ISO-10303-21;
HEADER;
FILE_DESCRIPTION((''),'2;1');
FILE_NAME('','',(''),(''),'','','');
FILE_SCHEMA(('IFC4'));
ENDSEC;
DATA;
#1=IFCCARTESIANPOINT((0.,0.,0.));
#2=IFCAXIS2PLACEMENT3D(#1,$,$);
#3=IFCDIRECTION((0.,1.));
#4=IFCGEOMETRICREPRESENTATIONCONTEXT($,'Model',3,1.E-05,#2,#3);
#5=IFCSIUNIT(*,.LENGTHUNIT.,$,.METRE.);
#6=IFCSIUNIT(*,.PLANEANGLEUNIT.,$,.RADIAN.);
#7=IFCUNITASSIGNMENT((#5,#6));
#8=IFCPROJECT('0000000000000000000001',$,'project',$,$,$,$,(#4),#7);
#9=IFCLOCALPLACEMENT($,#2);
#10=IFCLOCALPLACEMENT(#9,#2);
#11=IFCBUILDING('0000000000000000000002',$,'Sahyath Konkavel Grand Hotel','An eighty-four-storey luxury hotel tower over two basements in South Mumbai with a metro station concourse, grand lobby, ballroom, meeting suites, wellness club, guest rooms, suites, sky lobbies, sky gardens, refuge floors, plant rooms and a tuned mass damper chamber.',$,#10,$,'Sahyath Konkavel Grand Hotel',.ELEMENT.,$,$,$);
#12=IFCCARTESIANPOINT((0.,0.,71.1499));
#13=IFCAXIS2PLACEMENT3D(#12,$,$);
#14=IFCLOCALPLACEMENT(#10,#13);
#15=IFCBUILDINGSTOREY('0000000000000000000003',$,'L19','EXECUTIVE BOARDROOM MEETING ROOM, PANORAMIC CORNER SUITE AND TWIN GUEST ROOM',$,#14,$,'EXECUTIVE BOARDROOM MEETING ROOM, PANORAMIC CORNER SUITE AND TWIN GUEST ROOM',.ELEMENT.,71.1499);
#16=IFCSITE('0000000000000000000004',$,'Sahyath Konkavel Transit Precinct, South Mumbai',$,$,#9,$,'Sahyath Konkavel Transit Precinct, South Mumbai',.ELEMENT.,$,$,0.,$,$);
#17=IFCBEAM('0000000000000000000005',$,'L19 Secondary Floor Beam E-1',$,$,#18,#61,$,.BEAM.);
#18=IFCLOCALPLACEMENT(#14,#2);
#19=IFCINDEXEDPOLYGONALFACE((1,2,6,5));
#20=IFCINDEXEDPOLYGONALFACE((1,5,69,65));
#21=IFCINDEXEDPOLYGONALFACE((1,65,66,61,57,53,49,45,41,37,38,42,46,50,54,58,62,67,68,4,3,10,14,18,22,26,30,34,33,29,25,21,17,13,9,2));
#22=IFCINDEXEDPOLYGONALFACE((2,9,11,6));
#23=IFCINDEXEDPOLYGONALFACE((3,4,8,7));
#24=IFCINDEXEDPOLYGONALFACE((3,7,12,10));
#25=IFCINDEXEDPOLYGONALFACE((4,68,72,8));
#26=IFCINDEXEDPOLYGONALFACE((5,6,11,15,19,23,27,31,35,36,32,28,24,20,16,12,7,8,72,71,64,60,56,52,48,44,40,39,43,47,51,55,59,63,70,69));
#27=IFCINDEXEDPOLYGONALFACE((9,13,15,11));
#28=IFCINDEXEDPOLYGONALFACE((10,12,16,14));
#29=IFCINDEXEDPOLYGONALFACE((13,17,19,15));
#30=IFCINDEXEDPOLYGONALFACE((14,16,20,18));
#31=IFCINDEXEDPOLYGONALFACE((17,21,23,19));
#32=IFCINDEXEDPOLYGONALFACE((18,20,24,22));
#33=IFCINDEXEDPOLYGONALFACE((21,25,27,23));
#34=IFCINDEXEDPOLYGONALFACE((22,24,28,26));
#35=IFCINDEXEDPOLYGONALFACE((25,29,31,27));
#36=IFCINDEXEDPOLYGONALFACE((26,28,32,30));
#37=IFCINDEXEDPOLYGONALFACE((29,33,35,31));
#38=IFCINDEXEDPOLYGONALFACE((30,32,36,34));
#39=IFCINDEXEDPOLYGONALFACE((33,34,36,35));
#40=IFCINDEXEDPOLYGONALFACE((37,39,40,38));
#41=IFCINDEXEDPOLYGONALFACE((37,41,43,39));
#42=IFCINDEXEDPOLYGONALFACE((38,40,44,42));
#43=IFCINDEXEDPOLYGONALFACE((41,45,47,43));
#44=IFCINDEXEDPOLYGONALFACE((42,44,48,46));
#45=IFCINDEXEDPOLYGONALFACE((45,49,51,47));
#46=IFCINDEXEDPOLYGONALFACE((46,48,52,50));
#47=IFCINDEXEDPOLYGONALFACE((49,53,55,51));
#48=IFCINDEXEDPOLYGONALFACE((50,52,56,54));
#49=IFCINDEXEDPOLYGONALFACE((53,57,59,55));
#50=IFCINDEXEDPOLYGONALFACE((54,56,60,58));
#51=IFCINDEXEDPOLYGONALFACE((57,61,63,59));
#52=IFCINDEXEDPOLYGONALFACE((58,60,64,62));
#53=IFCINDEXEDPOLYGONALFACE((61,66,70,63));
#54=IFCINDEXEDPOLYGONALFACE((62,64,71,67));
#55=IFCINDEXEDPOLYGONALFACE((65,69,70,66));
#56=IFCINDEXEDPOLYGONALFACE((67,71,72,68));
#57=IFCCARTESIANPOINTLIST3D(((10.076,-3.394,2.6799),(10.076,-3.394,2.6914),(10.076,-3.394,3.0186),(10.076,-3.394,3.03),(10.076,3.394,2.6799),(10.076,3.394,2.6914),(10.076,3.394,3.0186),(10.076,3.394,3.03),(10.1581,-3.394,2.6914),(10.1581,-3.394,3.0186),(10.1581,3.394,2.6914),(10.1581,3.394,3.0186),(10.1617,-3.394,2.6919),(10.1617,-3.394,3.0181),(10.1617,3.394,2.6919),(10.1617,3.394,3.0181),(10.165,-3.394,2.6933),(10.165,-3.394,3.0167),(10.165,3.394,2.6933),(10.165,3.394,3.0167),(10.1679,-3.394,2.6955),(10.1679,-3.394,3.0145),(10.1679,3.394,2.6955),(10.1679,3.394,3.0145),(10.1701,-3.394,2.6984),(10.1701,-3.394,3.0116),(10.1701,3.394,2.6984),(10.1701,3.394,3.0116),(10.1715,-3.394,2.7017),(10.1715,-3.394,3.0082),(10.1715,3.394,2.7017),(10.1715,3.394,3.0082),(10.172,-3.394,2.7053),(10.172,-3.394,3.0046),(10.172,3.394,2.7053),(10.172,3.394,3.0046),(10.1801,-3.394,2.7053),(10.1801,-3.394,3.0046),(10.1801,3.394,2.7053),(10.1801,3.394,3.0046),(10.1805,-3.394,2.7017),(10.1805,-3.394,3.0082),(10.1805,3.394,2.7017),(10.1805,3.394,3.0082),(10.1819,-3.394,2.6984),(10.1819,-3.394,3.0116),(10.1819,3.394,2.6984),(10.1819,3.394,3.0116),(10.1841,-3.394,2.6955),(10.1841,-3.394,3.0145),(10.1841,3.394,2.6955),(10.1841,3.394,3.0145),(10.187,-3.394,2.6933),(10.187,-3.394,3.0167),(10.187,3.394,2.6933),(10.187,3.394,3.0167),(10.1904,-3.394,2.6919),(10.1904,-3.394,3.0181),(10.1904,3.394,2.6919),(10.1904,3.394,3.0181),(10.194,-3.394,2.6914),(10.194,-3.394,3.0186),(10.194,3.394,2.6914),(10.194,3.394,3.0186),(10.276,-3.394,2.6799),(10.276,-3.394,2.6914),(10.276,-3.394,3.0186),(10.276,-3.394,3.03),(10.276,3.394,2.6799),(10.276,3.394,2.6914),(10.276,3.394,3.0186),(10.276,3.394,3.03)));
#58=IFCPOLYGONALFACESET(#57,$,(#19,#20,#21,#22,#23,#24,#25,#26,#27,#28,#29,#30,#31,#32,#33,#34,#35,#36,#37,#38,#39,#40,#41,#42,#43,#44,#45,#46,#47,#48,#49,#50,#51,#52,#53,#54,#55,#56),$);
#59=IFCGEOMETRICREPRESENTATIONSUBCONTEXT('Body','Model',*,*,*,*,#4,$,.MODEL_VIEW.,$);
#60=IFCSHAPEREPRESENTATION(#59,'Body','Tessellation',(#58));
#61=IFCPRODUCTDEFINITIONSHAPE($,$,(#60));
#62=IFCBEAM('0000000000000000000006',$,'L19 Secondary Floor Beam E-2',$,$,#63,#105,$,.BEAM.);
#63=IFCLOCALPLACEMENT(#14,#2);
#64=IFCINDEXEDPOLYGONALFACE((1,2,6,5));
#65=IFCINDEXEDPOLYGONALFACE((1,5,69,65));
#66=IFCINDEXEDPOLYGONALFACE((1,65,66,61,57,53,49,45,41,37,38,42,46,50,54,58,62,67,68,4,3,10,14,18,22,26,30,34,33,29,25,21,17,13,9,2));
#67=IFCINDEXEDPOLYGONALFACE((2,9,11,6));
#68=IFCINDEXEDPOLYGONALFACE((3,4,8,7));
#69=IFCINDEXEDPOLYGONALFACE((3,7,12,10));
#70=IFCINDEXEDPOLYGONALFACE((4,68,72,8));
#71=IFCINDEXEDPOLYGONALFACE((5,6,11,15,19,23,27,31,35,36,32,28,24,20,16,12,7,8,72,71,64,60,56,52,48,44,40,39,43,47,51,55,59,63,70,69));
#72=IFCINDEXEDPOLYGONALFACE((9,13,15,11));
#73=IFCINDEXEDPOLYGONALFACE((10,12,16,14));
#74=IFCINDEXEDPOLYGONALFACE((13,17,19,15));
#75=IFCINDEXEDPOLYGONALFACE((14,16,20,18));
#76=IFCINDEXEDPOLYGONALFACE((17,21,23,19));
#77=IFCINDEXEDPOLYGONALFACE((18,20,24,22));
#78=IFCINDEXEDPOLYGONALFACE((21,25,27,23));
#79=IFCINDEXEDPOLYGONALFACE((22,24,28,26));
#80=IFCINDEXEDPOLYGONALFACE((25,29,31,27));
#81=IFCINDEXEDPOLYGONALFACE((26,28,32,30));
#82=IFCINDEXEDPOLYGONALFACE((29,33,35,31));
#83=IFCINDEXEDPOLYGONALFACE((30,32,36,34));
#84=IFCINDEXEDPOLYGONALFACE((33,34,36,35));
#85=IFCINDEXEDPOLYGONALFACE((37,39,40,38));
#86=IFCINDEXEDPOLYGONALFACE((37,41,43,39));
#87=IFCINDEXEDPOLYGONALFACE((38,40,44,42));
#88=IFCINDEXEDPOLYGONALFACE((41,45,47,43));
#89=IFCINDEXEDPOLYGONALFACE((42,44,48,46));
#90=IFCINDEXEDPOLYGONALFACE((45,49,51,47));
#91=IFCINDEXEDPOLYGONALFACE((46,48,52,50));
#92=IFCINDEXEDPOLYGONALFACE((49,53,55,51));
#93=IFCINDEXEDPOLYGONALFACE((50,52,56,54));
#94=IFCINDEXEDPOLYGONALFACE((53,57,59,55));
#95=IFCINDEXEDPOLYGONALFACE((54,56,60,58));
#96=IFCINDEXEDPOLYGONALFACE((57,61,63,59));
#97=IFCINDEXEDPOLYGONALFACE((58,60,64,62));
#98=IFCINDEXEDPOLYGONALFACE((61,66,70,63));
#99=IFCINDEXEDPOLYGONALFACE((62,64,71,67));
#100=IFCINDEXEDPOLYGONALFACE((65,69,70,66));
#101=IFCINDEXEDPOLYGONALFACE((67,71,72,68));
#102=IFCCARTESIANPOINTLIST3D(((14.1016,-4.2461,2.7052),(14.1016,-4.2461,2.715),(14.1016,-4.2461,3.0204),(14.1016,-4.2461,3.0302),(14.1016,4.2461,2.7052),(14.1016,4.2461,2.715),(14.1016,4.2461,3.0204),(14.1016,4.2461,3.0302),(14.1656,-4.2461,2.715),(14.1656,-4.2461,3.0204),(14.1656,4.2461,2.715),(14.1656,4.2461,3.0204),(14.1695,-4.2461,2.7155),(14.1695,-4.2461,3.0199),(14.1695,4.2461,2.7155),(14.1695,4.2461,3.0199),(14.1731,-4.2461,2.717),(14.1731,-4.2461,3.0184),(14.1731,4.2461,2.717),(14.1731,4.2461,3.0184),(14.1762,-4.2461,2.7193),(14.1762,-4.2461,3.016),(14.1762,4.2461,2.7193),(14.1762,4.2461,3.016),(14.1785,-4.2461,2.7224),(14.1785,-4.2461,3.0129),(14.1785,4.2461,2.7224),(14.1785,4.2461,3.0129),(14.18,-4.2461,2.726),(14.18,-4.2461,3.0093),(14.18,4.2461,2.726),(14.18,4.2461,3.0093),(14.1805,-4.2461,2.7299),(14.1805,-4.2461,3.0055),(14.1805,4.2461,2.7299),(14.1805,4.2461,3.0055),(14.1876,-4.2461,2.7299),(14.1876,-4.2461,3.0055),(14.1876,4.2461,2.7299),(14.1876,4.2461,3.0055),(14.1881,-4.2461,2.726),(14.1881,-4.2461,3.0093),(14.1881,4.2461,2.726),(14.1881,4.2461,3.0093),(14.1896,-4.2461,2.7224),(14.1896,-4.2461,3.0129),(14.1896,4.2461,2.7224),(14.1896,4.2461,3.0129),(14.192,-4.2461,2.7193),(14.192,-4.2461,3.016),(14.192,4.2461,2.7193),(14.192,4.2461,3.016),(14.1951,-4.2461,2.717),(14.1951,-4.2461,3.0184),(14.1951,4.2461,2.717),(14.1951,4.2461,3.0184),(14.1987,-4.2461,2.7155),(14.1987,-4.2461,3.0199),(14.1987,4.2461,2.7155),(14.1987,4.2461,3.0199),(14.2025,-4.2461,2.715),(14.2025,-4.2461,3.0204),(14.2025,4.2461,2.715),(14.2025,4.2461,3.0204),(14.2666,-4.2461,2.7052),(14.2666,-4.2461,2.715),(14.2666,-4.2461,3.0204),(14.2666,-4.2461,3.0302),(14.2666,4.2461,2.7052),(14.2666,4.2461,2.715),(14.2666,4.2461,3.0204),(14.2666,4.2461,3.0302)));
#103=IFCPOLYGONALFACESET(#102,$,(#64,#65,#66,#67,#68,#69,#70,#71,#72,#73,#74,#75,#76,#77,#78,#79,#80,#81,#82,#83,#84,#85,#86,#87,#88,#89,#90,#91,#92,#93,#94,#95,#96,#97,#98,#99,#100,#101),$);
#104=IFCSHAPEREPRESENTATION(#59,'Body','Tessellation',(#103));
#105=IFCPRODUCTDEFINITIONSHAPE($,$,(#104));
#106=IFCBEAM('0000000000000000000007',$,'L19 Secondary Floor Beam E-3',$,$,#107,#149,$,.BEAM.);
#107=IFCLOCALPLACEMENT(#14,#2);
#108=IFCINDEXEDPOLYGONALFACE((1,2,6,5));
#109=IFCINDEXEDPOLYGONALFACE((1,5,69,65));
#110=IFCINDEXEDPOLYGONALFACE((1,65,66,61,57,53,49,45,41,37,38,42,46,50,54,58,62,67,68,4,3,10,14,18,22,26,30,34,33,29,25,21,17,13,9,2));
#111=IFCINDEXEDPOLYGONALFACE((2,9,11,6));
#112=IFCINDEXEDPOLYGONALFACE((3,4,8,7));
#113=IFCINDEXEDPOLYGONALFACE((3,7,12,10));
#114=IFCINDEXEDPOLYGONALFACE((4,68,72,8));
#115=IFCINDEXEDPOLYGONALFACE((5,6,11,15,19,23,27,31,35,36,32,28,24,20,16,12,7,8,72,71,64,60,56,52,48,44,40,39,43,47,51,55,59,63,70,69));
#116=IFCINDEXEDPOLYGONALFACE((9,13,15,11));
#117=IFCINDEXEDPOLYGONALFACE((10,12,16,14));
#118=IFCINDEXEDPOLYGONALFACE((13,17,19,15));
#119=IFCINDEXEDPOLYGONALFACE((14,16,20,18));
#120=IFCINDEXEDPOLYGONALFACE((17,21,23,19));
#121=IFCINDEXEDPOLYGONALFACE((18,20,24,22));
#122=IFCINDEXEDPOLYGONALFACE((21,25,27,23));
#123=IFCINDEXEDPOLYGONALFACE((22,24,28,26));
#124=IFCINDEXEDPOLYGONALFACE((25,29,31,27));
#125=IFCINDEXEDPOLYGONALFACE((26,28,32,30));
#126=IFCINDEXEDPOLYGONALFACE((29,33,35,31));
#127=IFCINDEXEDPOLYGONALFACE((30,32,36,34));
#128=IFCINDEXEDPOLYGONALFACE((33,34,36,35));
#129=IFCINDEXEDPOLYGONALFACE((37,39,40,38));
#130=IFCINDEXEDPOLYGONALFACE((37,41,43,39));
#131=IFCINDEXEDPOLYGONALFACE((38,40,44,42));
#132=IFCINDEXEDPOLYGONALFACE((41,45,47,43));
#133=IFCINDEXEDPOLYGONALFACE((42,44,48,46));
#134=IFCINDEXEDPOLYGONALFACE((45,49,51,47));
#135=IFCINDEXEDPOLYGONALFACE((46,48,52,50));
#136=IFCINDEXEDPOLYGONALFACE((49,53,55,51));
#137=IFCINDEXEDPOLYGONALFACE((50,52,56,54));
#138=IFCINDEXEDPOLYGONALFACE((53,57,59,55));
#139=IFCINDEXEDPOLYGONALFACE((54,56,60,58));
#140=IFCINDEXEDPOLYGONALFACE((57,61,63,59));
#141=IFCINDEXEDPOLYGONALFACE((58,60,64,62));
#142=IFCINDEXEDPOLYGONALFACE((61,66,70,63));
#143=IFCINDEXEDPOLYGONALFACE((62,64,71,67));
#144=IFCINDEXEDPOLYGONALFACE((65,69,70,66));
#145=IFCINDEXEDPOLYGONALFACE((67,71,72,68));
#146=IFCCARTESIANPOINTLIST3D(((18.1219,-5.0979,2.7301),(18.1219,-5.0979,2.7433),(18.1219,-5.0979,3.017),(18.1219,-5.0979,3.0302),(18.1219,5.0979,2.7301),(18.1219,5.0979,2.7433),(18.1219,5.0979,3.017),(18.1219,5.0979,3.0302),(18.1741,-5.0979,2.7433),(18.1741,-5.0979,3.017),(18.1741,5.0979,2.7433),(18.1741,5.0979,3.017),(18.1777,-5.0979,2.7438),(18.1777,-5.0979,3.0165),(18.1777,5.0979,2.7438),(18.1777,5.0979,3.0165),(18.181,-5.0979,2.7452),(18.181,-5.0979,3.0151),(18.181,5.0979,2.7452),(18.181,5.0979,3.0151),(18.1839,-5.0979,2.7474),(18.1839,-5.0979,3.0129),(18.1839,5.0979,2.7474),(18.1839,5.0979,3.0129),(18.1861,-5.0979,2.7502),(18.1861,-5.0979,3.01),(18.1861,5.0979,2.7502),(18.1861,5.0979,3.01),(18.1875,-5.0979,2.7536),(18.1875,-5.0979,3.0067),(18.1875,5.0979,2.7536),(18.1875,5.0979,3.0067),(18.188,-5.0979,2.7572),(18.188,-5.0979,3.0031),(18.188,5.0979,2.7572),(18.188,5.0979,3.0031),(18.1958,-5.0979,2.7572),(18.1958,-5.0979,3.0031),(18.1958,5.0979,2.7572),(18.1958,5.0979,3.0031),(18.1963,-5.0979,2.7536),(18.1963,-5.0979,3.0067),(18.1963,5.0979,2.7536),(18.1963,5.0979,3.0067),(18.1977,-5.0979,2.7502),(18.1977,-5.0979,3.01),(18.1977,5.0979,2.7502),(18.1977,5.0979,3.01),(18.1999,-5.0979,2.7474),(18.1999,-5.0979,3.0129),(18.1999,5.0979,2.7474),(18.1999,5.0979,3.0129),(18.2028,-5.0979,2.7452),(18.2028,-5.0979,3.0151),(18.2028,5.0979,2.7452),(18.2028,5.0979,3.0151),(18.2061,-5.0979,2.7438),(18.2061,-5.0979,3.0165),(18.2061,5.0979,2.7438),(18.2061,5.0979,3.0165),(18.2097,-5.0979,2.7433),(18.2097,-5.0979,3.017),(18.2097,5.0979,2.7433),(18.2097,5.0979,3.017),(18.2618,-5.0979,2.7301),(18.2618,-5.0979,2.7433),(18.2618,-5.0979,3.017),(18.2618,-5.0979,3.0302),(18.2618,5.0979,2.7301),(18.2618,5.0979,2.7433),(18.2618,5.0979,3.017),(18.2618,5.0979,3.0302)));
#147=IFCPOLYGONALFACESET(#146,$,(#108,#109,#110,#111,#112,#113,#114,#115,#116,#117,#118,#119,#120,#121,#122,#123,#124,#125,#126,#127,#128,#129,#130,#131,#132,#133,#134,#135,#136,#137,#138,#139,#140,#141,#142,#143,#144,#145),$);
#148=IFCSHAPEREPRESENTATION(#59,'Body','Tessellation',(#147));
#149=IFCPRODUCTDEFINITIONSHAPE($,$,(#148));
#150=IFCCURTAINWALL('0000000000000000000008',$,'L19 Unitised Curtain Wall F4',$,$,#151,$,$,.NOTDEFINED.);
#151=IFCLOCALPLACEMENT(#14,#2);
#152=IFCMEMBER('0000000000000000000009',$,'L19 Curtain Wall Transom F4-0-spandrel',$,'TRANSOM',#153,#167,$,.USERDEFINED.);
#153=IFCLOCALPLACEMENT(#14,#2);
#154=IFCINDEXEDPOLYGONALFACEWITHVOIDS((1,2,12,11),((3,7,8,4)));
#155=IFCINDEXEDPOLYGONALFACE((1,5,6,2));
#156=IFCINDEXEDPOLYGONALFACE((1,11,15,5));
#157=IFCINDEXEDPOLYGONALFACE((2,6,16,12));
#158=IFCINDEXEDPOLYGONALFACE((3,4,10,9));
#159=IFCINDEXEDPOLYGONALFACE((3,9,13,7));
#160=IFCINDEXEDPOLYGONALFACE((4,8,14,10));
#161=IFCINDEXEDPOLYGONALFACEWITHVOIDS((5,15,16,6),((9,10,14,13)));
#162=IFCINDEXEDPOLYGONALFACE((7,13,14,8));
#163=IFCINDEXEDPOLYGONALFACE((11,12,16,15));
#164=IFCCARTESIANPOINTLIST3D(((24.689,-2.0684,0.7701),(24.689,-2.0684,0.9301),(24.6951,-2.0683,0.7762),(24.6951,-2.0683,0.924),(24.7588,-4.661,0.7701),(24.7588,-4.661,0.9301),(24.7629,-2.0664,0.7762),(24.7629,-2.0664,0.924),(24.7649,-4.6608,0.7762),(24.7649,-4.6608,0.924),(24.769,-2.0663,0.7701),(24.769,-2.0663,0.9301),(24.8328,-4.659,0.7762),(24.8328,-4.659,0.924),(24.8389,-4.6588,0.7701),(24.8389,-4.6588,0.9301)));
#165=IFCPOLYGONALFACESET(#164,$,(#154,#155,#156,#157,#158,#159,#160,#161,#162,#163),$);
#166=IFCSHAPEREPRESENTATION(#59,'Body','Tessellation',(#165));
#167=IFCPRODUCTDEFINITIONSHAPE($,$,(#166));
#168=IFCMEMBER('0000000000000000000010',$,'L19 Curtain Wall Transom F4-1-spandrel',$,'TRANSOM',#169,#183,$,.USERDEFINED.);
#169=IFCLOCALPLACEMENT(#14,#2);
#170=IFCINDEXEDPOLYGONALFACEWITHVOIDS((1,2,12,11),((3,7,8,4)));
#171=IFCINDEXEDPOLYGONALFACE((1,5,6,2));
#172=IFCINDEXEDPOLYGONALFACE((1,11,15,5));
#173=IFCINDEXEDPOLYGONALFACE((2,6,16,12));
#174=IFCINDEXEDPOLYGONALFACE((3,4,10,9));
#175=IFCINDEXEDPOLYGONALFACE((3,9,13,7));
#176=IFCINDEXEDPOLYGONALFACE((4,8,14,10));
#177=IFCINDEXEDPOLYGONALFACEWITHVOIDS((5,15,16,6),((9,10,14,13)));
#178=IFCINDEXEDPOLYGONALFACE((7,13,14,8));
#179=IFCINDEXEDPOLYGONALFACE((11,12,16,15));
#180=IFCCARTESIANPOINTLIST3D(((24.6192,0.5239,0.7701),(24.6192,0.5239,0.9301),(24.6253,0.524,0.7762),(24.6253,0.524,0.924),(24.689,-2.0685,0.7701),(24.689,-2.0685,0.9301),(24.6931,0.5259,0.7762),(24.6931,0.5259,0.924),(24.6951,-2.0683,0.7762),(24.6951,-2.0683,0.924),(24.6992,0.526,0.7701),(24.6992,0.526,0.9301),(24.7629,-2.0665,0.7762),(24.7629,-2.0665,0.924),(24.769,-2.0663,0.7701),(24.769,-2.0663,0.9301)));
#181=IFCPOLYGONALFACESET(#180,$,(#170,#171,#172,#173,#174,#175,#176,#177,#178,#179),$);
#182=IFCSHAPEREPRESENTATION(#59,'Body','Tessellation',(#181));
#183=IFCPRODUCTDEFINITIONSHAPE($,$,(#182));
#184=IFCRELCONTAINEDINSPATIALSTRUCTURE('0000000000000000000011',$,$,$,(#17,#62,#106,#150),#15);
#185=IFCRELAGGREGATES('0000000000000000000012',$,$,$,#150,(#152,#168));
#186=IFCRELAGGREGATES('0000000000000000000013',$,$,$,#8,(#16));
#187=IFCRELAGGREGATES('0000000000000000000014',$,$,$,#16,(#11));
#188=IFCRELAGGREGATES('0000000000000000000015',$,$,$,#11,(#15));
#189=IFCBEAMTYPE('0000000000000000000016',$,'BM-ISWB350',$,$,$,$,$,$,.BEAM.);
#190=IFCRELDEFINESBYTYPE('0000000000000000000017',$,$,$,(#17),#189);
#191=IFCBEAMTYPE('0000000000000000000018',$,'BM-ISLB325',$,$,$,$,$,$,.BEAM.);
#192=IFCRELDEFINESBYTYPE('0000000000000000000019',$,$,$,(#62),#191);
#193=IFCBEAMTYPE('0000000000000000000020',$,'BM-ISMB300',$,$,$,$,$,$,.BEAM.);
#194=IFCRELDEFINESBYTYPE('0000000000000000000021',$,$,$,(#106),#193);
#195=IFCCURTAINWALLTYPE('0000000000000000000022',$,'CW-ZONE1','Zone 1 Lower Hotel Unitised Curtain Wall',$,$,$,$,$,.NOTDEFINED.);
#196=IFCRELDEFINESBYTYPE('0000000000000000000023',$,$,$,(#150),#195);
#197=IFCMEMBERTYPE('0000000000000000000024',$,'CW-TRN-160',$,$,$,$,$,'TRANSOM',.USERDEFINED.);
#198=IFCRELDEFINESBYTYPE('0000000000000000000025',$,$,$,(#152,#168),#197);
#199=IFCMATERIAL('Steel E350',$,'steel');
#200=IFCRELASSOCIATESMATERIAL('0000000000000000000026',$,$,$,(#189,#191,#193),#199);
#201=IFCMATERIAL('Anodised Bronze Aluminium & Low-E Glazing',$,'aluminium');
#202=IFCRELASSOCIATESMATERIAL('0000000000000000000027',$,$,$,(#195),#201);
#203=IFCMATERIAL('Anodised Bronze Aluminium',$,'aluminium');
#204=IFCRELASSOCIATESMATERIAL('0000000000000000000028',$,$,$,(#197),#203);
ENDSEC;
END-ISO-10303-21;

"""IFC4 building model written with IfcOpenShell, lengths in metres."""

from ifc_helpers import new_model, si_unit, direction, frame, origin, origin_2d, place, context, subcontext, project, spatial, hollow_rectangle, i_section, extrude, source, transform, mapped, material, material_profile, profile_set, type_object, element, aggregate, save


model = new_model("IFC4")

# Units and contexts
model_context = context("Model", 3, precision=1e-05, world=origin(), true_north=direction((0.0, 1.0)))
body_context = subcontext(model_context, "Body", "Model", "MODEL_VIEW")
ifc_project = project(units=[si_unit("LENGTHUNIT", "METRE"), si_unit("PLANEANGLEUNIT", "RADIAN")], contexts=[model_context])

# Site, building, storey
site_placement = place(None, origin())
site = spatial("IfcSite", under=ifc_project, at=site_placement, Name="Sahyath Konkavel Transit Precinct, South Mumbai", LongName="Sahyath Konkavel Transit Precinct, South Mumbai", CompositionType="ELEMENT", RefElevation=0.0)
building_placement = place(site_placement, origin())
building = spatial("IfcBuilding", under=site, at=building_placement, Name="Sahyath Konkavel Grand Hotel", Description="An eighty-four-storey luxury hotel tower over two basements in South Mumbai with a metro station concourse, grand lobby, ballroom, meeting suites, wellness club, guest rooms, suites, sky lobbies, sky gardens, refuge floors, plant rooms and a tuned mass damper chamber.", LongName="Sahyath Konkavel Grand Hotel", CompositionType="ELEMENT")
storey_placement = place(building_placement, frame((0.0, 0.0, 71.1499)))
storey = spatial("IfcBuildingStorey", under=building, at=storey_placement, Name="L19", Description="EXECUTIVE BOARDROOM MEETING ROOM, PANORAMIC CORNER SUITE AND TWIN GUEST ROOM", LongName="EXECUTIVE BOARDROOM MEETING ROOM, PANORAMIC CORNER SUITE AND TWIN GUEST ROOM", CompositionType="ELEMENT", Elevation=71.1499)

# Beams
ifc_material_1 = material(Name="Steel E350", Category="steel")
ifc_material_profile_1 = material_profile(ifc_material_1, i_section(OverallWidth=0.2, OverallDepth=0.3501, WebThickness=0.0081, FlangeThickness=0.0115, FilletRadius=0.0139, at=origin_2d()), Name="ISWB 350")
ifc_profile_set_1 = profile_set([ifc_material_profile_1], Name="Steel E350")
beam_type_1 = type_object("IfcBeamType", Name="BM-ISWB350", PredefinedType="BEAM", material=ifc_profile_set_1)
shared_shape_1 = source(origin(), body_context, "Body", "SweptSolid", [
    extrude(i_section(OverallWidth=0.2, OverallDepth=0.3501, WebThickness=0.0081, FlangeThickness=0.0115, FilletRadius=0.0139, at=origin_2d()), origin(), (0.0, 0.0, 1.0), 6.7881),
])
beam_1_placement = place(storey_placement, frame((10.176, -3.394, 2.855), z_axis=(0.0, 1.0, 0.0), x_axis=(-1.0, 0.0, 0.0)))
element("IfcBeam", 1, at=beam_1_placement, inside=storey, type_object=beam_type_1, Name="L19 Secondary Floor Beam E-1", PredefinedType="BEAM", context=body_context, shape_type="MappedRepresentation", body=[
    mapped(shared_shape_1, transform((0.0, 0.0, 0.0), scale=1.0)),
])
ifc_material_profile_2 = material_profile(ifc_material_1, i_section(OverallWidth=0.165, OverallDepth=0.325, WebThickness=0.0071, FlangeThickness=0.0098, FilletRadius=0.0149, at=origin_2d()), Name="ISLB 325")
ifc_profile_set_2 = profile_set([ifc_material_profile_2], Name="Steel E350")
beam_type_2 = type_object("IfcBeamType", Name="BM-ISLB325", PredefinedType="BEAM", material=ifc_profile_set_2)
shared_shape_2 = source(origin(), body_context, "Body", "SweptSolid", [
    extrude(i_section(OverallWidth=0.165, OverallDepth=0.325, WebThickness=0.0071, FlangeThickness=0.0098, FilletRadius=0.0149, at=origin_2d()), origin(), (0.0, 0.0, 1.0), 8.4922),
])
beam_2_placement = place(storey_placement, frame((14.1841, -4.2461, 2.8677), z_axis=(0.0, 1.0, 0.0), x_axis=(-1.0, 0.0, 0.0)))
element("IfcBeam", 2, at=beam_2_placement, inside=storey, type_object=beam_type_2, Name="L19 Secondary Floor Beam E-2", PredefinedType="BEAM", context=body_context, shape_type="MappedRepresentation", body=[
    mapped(shared_shape_2, transform((0.0, 0.0, 0.0), scale=1.0)),
])
ifc_material_profile_3 = material_profile(ifc_material_1, i_section(OverallWidth=0.1399, OverallDepth=0.3, WebThickness=0.0078, FlangeThickness=0.0132, FilletRadius=0.0139, at=origin_2d()), Name="ISMB 300")
ifc_profile_set_3 = profile_set([ifc_material_profile_3], Name="Steel E350")
beam_type_3 = type_object("IfcBeamType", Name="BM-ISMB300", PredefinedType="BEAM", material=ifc_profile_set_3)
shared_shape_3 = source(origin(), body_context, "Body", "SweptSolid", [
    extrude(i_section(OverallWidth=0.1399, OverallDepth=0.3, WebThickness=0.0078, FlangeThickness=0.0132, FilletRadius=0.0139, at=origin_2d()), origin(), (0.0, 0.0, 1.0), 10.1958),
])
beam_3_placement = place(storey_placement, frame((18.1919, -5.0979, 2.8801), z_axis=(0.0, 1.0, 0.0), x_axis=(-1.0, 0.0, 0.0)))
element("IfcBeam", 3, at=beam_3_placement, inside=storey, type_object=beam_type_3, Name="L19 Secondary Floor Beam E-3", PredefinedType="BEAM", context=body_context, shape_type="MappedRepresentation", body=[
    mapped(shared_shape_3, transform((0.0, 0.0, 0.0), scale=1.0)),
])

# Curtain wall, members
ifc_material_2 = material(Name="Anodised Bronze Aluminium & Low-E Glazing", Category="aluminium")
curtain_wall_type = type_object("IfcCurtainWallType", Name="CW-ZONE1", Description="Zone 1 Lower Hotel Unitised Curtain Wall", PredefinedType="NOTDEFINED", material=ifc_material_2)
curtain_wall_placement = place(storey_placement, origin())
curtain_wall = element("IfcCurtainWall", 4, at=curtain_wall_placement, inside=storey, type_object=curtain_wall_type, Name="L19 Unitised Curtain Wall F4", PredefinedType="NOTDEFINED")
ifc_material_3 = material(Name="Anodised Bronze Aluminium", Category="aluminium")
ifc_material_profile_4 = material_profile(ifc_material_3, hollow_rectangle(XDim=0.0801, YDim=0.1599, WallThickness=0.0061, at=origin_2d()), Name="RHS 160x80x6")
ifc_profile_set_4 = profile_set([ifc_material_profile_4], Name="Anodised Bronze Aluminium")
member_type_1 = type_object("IfcMemberType", Name="CW-TRN-160", ElementType="TRANSOM", PredefinedType="USERDEFINED", material=ifc_profile_set_4)
shared_shape_4 = source(origin(), body_context, "Body", "SweptSolid", [
    extrude(hollow_rectangle(XDim=0.0801, YDim=0.1599, WallThickness=0.0061, at=origin_2d()), origin(), (0.0, 0.0, 1.0), 2.5935),
])
member_1_placement = place(storey_placement, frame((24.7988, -4.6599, 0.8501), z_axis=(-0.026923, 0.999638, 0.0), x_axis=(-0.999638, -0.026923, 0.0)))
member_1 = element("IfcMember", 5, at=member_1_placement, type_object=member_type_1, Name="L19 Curtain Wall Transom F4-0-spandrel", ObjectType="TRANSOM", PredefinedType="USERDEFINED", context=body_context, shape_type="MappedRepresentation", body=[
    mapped(shared_shape_4, transform((0.0, 0.0, 0.0), scale=1.0)),
])
shared_shape_5 = source(origin(), body_context, "Body", "SweptSolid", [
    extrude(hollow_rectangle(XDim=0.0801, YDim=0.1599, WallThickness=0.0061, at=origin_2d()), origin(), (0.0, 0.0, 1.0), 2.5933),
])
member_2_placement = place(storey_placement, frame((24.729, -2.0674, 0.8501), z_axis=(-0.026926, 0.999637, 0.0), x_axis=(-0.999637, -0.026926, 0.0)))
member_2 = element("IfcMember", 6, at=member_2_placement, type_object=member_type_1, Name="L19 Curtain Wall Transom F4-1-spandrel", ObjectType="TRANSOM", PredefinedType="USERDEFINED", context=body_context, shape_type="MappedRepresentation", body=[
    mapped(shared_shape_5, transform((0.0, 0.0, 0.0), scale=1.0)),
])
aggregate(curtain_wall, [member_1, member_2])

save(model, "model.ifc")
